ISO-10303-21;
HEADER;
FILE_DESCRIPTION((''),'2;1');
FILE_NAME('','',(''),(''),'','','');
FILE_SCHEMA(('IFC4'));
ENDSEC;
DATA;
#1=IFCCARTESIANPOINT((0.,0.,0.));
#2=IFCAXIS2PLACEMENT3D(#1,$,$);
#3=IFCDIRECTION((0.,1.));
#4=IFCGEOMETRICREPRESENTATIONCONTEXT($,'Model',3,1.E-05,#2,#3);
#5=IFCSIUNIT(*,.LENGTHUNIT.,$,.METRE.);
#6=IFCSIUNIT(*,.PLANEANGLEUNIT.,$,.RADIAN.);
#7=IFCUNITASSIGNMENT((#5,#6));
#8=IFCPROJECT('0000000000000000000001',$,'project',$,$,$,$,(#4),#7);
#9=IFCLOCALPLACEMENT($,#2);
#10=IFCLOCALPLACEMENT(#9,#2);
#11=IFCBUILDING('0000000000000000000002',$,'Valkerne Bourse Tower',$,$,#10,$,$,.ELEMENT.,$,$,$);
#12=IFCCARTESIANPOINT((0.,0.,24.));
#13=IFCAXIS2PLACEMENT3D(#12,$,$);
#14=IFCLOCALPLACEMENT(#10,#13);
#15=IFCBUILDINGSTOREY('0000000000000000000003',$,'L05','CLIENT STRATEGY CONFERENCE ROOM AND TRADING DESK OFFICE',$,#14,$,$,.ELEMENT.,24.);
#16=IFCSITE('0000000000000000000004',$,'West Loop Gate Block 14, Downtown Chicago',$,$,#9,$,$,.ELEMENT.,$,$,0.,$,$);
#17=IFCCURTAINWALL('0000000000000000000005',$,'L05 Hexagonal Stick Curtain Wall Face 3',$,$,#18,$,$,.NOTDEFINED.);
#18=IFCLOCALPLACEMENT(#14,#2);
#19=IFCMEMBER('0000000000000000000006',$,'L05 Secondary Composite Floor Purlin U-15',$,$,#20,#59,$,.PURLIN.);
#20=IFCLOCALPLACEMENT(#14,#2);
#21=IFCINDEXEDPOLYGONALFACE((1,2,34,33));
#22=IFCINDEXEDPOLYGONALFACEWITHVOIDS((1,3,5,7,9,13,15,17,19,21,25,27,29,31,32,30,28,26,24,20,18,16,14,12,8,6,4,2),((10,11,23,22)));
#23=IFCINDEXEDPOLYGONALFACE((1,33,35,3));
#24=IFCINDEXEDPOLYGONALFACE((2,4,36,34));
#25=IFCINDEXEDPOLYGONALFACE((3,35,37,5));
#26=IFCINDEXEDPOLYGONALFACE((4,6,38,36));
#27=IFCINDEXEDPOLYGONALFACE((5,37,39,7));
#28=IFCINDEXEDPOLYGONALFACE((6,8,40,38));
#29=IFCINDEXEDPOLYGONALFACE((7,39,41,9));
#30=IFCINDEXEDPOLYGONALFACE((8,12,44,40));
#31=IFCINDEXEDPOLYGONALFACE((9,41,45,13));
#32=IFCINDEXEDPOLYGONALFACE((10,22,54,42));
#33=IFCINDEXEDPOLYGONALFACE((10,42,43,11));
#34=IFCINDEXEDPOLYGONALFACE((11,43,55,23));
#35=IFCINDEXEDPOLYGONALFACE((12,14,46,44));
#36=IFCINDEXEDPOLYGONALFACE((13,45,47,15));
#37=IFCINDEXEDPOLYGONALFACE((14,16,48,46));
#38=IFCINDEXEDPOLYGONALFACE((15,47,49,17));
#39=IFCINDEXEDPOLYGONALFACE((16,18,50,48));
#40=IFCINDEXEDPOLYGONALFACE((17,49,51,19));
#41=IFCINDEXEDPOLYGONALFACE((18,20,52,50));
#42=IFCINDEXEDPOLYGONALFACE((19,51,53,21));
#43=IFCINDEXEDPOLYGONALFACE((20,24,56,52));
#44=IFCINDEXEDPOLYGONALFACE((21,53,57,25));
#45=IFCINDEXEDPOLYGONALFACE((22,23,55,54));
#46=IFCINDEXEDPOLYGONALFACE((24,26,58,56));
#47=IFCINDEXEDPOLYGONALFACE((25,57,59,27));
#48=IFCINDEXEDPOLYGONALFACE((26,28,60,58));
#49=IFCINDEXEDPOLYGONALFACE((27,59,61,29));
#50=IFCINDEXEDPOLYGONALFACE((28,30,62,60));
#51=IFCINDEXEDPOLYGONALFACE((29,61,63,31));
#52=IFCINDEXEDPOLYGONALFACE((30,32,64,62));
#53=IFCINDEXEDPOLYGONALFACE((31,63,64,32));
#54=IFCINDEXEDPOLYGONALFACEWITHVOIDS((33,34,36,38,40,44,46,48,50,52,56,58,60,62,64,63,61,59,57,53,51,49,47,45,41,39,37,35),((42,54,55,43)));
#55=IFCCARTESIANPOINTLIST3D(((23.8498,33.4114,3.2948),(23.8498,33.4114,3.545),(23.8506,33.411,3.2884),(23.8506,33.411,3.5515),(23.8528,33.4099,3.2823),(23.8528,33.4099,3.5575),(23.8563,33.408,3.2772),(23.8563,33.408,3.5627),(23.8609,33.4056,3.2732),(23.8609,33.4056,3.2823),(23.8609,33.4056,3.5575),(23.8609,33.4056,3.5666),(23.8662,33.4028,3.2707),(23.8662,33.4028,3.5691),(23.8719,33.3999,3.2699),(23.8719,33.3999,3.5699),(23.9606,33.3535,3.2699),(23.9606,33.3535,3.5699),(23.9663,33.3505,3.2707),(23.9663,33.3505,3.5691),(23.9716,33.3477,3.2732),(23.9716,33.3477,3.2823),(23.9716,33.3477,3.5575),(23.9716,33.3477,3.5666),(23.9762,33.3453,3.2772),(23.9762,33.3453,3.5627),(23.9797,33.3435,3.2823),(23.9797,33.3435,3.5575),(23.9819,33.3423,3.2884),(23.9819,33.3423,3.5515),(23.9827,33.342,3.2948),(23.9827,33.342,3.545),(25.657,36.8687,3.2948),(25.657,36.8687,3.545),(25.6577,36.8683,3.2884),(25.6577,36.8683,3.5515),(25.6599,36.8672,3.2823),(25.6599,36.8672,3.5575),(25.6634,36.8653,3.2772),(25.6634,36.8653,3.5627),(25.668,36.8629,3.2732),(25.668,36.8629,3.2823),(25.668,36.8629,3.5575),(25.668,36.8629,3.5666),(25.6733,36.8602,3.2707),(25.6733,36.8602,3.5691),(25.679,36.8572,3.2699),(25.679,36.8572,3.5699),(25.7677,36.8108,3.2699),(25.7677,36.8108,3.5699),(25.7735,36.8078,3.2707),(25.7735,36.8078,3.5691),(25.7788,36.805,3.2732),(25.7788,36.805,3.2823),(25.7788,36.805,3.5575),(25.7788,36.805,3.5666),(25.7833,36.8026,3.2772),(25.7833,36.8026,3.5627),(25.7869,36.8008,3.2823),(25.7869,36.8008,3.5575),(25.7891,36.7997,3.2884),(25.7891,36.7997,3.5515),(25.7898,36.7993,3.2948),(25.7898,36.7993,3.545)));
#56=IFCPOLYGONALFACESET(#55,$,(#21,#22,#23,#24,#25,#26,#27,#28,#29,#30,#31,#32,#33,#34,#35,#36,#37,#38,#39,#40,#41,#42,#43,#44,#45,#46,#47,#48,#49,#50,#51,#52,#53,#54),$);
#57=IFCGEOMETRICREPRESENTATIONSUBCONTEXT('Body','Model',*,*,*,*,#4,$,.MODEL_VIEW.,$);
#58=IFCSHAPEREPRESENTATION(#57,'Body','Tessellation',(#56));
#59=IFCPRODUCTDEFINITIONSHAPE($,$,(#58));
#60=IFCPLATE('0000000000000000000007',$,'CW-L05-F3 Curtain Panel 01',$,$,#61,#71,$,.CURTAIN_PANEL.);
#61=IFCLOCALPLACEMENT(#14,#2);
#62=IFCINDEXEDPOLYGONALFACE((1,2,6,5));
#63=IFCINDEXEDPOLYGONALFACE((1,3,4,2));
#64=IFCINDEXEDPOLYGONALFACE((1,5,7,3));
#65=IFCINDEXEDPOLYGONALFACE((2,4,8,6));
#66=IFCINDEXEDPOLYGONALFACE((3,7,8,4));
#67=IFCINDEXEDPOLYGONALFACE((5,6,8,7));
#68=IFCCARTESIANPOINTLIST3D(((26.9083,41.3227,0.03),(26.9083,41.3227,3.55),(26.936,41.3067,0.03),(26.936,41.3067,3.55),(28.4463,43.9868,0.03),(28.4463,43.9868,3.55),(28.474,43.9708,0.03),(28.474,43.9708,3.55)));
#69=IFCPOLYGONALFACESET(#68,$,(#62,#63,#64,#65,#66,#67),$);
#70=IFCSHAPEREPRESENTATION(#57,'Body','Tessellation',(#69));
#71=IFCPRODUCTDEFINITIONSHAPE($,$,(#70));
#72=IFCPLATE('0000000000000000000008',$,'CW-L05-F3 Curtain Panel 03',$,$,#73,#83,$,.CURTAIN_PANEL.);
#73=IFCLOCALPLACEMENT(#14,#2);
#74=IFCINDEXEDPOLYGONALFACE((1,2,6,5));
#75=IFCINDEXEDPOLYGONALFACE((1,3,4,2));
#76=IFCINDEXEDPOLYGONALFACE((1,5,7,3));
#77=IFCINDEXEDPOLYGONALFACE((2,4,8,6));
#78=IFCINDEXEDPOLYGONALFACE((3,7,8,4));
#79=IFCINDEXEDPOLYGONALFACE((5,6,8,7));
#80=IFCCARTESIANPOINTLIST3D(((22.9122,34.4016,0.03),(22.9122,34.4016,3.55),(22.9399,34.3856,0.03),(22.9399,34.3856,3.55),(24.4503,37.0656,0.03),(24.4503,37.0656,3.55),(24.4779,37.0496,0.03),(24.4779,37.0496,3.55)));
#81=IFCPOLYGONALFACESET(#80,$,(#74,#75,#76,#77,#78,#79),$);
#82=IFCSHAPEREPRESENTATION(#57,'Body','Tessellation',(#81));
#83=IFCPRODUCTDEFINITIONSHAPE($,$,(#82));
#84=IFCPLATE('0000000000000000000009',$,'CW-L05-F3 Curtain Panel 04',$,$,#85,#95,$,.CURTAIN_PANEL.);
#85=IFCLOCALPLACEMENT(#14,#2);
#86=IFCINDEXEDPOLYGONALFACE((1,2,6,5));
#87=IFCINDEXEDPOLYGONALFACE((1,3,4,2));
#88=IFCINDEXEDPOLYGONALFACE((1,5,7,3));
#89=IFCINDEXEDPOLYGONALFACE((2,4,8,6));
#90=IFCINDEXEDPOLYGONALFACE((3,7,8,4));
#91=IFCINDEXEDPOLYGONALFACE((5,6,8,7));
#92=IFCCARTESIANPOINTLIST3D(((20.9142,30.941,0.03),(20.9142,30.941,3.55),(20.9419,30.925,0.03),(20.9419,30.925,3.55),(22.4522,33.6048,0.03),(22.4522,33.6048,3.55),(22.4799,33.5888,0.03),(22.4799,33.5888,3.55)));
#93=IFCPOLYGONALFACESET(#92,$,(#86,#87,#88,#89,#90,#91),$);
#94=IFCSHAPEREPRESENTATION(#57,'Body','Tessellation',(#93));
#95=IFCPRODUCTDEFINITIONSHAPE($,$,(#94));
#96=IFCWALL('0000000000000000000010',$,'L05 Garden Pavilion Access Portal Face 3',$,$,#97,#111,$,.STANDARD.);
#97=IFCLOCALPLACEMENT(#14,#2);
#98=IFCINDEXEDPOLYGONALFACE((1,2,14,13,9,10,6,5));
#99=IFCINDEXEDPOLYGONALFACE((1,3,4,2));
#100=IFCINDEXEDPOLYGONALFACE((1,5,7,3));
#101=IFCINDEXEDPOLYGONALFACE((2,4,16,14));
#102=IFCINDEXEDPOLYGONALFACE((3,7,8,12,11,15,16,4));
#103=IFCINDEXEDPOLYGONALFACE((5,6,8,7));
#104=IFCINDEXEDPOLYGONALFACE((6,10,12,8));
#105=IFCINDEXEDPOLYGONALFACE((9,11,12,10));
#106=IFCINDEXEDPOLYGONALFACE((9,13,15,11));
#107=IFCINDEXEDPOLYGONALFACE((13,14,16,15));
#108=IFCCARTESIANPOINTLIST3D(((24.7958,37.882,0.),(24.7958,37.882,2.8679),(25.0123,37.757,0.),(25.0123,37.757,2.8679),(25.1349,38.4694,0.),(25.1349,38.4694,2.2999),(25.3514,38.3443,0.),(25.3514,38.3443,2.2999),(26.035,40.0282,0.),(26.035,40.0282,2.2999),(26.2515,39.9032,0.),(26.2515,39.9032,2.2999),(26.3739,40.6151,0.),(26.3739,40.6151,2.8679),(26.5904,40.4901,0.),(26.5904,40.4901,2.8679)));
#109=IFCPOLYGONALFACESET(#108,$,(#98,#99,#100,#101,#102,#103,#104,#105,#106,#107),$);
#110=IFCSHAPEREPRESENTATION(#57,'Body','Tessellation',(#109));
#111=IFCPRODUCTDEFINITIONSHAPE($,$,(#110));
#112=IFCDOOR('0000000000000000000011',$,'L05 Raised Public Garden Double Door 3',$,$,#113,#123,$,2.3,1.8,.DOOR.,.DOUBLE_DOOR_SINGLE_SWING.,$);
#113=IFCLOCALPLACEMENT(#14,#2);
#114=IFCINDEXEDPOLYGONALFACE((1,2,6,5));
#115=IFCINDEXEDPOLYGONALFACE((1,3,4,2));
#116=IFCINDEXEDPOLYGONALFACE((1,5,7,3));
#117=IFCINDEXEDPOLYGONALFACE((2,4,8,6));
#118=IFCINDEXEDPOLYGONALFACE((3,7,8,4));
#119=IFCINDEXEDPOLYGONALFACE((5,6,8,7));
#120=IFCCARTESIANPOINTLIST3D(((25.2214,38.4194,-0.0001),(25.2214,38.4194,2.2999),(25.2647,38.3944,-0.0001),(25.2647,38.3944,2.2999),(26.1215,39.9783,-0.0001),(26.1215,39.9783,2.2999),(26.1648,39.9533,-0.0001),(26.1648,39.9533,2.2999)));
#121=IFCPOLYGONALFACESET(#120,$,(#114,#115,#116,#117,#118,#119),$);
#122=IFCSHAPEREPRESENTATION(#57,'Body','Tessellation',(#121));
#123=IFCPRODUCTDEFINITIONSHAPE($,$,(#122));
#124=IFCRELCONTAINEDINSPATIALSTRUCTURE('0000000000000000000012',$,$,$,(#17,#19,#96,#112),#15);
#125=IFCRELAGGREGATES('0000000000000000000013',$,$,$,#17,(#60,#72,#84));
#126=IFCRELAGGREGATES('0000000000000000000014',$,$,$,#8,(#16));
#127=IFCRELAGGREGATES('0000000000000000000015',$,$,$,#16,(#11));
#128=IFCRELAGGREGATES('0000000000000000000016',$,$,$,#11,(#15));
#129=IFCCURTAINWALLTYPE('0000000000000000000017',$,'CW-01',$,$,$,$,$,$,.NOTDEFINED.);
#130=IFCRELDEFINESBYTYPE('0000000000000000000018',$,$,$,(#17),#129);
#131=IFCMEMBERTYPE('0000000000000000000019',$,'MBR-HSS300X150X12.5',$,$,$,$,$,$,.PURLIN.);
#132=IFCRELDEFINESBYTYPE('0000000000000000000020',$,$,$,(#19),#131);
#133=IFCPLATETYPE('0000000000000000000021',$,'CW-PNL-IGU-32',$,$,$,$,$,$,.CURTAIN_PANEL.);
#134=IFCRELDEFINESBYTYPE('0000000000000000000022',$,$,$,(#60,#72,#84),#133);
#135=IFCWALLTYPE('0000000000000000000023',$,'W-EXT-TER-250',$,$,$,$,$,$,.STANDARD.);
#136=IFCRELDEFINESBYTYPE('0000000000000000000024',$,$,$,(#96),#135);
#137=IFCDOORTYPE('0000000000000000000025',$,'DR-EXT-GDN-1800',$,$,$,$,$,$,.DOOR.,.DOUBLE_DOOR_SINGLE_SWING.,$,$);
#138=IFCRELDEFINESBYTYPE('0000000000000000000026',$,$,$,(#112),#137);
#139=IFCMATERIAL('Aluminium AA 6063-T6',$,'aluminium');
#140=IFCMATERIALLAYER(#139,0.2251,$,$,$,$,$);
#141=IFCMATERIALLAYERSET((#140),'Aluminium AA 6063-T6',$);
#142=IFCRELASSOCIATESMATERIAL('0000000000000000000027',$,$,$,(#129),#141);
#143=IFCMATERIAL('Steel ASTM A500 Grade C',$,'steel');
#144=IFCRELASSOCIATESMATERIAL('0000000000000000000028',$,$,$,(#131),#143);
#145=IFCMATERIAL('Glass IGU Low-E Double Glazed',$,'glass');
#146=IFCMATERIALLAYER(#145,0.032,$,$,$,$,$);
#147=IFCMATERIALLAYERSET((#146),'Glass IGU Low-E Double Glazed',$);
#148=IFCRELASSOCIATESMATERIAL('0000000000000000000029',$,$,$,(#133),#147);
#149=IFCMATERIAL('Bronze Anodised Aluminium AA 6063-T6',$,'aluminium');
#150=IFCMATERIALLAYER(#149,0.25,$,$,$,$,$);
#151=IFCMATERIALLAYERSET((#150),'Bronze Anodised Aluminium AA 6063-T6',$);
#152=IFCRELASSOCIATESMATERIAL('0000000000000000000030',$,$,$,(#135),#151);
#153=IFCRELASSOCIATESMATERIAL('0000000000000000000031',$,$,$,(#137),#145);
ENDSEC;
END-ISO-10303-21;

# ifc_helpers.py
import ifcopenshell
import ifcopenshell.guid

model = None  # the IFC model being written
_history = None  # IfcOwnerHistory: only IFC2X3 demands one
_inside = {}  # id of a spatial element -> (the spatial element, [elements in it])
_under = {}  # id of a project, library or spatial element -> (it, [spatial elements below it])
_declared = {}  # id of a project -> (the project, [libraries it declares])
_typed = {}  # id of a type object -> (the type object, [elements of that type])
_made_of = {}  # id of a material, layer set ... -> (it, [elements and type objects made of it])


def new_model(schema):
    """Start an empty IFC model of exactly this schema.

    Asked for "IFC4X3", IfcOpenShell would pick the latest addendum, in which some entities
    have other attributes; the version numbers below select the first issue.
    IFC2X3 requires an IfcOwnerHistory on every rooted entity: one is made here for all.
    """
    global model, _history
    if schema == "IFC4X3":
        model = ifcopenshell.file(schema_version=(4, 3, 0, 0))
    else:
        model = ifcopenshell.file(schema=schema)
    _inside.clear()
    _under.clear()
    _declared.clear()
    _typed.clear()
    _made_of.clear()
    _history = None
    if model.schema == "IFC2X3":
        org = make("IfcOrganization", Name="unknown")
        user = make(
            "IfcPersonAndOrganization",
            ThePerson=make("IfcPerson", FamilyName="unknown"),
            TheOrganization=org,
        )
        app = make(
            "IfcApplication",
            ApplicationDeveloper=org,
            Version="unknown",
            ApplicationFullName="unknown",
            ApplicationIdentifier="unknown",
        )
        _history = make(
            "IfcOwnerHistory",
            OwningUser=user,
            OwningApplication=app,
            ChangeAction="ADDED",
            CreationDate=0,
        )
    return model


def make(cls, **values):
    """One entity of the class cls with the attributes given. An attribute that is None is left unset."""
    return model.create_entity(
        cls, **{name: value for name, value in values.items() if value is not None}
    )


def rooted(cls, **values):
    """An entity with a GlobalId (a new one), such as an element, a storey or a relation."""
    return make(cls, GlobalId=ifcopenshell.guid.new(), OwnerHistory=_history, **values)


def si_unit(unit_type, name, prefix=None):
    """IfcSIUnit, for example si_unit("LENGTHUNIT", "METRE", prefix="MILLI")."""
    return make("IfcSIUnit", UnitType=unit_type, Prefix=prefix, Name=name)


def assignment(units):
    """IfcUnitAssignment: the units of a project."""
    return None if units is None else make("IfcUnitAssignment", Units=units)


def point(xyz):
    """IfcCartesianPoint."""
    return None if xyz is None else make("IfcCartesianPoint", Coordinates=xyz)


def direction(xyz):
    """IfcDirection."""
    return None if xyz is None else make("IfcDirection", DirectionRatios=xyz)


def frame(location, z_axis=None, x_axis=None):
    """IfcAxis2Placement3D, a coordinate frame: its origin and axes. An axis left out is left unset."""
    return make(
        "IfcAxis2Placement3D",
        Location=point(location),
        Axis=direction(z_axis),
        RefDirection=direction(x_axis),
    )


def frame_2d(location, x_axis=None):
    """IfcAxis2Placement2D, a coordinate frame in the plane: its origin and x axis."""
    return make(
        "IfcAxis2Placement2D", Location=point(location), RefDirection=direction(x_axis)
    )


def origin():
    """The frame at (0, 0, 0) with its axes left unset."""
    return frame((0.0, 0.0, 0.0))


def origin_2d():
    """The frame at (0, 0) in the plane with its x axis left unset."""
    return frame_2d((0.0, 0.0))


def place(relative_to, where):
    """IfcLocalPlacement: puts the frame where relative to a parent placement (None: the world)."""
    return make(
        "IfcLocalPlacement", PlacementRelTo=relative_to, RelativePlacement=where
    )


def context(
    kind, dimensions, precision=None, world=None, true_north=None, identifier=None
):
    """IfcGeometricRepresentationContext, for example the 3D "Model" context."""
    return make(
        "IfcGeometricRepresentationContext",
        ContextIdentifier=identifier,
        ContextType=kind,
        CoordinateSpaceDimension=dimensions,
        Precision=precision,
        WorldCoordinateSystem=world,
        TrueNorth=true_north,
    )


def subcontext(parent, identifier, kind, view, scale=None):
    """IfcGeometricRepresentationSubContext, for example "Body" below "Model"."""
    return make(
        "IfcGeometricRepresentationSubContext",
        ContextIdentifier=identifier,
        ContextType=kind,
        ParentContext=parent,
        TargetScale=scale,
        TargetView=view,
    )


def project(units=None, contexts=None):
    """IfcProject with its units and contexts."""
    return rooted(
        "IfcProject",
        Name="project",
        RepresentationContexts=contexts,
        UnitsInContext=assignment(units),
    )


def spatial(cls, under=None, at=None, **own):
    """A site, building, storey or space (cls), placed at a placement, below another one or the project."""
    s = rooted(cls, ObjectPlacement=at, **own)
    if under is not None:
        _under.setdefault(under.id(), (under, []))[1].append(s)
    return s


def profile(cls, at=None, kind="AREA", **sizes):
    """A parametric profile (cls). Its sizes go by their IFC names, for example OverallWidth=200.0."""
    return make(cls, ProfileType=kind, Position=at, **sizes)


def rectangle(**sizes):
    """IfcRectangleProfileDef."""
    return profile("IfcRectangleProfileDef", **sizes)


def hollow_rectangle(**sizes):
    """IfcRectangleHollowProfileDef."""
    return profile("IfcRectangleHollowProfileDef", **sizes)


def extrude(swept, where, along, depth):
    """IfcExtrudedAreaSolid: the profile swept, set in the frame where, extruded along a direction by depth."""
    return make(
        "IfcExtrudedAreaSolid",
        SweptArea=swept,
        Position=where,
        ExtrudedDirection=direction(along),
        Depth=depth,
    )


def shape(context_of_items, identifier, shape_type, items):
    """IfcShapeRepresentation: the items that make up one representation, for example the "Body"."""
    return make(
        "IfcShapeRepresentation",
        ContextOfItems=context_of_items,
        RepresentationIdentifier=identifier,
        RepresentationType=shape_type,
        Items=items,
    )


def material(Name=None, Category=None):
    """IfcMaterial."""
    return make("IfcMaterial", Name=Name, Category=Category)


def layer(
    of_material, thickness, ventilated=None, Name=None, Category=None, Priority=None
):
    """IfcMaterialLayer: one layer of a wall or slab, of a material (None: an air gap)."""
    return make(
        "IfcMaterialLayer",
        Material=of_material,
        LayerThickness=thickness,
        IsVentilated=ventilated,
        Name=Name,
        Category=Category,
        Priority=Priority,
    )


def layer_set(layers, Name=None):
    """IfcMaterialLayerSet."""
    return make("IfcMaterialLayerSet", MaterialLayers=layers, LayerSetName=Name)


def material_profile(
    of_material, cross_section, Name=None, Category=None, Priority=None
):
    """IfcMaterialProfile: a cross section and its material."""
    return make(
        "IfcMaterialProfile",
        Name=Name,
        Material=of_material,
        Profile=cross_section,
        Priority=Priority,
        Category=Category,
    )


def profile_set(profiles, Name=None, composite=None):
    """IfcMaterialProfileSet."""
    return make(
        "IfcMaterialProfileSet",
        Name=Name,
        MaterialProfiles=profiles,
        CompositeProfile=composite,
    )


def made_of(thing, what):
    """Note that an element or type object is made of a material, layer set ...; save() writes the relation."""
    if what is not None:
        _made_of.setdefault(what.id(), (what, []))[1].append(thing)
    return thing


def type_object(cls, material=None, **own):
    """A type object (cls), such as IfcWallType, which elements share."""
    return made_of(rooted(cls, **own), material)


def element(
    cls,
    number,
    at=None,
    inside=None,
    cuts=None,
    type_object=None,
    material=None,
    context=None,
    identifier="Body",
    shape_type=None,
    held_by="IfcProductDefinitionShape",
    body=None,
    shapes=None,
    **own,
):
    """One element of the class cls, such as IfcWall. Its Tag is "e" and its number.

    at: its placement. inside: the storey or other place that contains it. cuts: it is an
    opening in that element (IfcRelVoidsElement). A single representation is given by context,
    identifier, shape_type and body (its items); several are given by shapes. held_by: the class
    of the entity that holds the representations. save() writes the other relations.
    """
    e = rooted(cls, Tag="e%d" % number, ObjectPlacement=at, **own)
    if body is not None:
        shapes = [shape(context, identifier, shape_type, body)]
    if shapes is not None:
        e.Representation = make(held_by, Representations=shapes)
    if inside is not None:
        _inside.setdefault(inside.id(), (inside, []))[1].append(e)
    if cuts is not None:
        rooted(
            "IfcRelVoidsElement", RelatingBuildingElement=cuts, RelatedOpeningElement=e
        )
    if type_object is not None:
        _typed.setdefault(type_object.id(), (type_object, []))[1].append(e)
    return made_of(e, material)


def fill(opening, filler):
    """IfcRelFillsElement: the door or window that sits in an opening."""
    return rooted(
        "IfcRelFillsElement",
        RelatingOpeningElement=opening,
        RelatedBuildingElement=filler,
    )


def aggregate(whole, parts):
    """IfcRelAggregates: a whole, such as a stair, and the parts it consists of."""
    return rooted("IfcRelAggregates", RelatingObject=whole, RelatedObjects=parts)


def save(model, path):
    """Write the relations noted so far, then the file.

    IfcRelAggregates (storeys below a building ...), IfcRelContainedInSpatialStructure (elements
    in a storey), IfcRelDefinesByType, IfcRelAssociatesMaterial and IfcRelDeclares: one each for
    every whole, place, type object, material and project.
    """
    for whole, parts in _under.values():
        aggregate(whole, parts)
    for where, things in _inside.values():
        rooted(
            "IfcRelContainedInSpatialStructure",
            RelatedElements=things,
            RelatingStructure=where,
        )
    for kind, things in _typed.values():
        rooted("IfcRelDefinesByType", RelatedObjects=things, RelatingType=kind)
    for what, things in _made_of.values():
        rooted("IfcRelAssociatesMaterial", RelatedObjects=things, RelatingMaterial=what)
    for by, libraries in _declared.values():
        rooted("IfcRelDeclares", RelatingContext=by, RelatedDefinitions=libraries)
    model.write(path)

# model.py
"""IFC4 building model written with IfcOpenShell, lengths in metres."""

from ifc_helpers import new_model, si_unit, direction, frame, frame_2d, origin, origin_2d, place, context, subcontext, project, spatial, rectangle, hollow_rectangle, extrude, material, layer, layer_set, material_profile, profile_set, type_object, element, fill, aggregate, save


model = new_model("IFC4")

# Units and contexts
model_context = context("Model", 3, precision=1e-05, world=origin(), true_north=direction((0.0, 1.0)))
body_context = subcontext(model_context, "Body", "Model", "MODEL_VIEW")
ifc_project = project(units=[si_unit("LENGTHUNIT", "METRE"), si_unit("PLANEANGLEUNIT", "RADIAN")], contexts=[model_context])

# Site, building, storey
site_placement = place(None, origin())
site = spatial("IfcSite", under=ifc_project, at=site_placement, Name="West Loop Gate Block 14, Downtown Chicago", CompositionType="ELEMENT", RefElevation=0.0)
building_placement = place(site_placement, origin())
building = spatial("IfcBuilding", under=site, at=building_placement, Name="Valkerne Bourse Tower", CompositionType="ELEMENT")
storey_placement = place(building_placement, frame((0.0, 0.0, 24.0)))
storey = spatial("IfcBuildingStorey", under=building, at=storey_placement, Name="L05", Description="CLIENT STRATEGY CONFERENCE ROOM AND TRADING DESK OFFICE", CompositionType="ELEMENT", Elevation=24.0)

# Curtain wall
ifc_material_1 = material(Name="Aluminium AA 6063-T6", Category="aluminium")
ifc_layer_1 = layer(ifc_material_1, 0.2251)
ifc_layer_set_1 = layer_set([ifc_layer_1], Name="Aluminium AA 6063-T6")
curtain_wall_type = type_object("IfcCurtainWallType", Name="CW-01", PredefinedType="NOTDEFINED", material=ifc_layer_set_1)
curtain_wall_placement = place(storey_placement, origin())
curtain_wall = element("IfcCurtainWall", 1, at=curtain_wall_placement, inside=storey, type_object=curtain_wall_type, Name="L05 Hexagonal Stick Curtain Wall Face 3", PredefinedType="NOTDEFINED")

# Member
ifc_material_2 = material(Name="Bronze Anodised Aluminium AA 6063-T6", Category="aluminium")
ifc_material_3 = material(Name="Steel ASTM A500 Grade C", Category="steel")
ifc_material_profile_1 = material_profile(ifc_material_3, hollow_rectangle(XDim=0.1499, YDim=0.3, WallThickness=0.0125, OuterFilletRadius=0.0249, at=origin_2d()), Name="HSS300X150X12.5")
ifc_profile_set_1 = profile_set([ifc_material_profile_1], Name="Steel ASTM A500 Grade C")
member_type_1 = type_object("IfcMemberType", Name="MBR-HSS300X150X12.5", PredefinedType="PURLIN", material=ifc_profile_set_1)
member_1_placement = place(storey_placement, frame((25.7234, 36.834, 3.4199), z_axis=(-0.463237, -0.886234, 0.0), x_axis=(0.886234, -0.463237, 0.0)))
element("IfcMember", 2, at=member_1_placement, inside=storey, type_object=member_type_1, Name="L05 Secondary Composite Floor Purlin U-15", PredefinedType="PURLIN", context=body_context, shape_type="SweptSolid", body=[
    extrude(hollow_rectangle(XDim=0.1499, YDim=0.3, WallThickness=0.0125, OuterFilletRadius=0.0249, at=origin_2d()), origin(), (0.0, 0.0, 1.0), 3.9011),
])

# Plates
ifc_material_4 = material(Name="Glass IGU Low-E Double Glazed", Category="glass")
ifc_layer_2 = layer(ifc_material_4, 0.032)
ifc_layer_set_2 = layer_set([ifc_layer_2], Name="Glass IGU Low-E Double Glazed")
plate_type = type_object("IfcPlateType", Name="CW-PNL-IGU-32", PredefinedType="CURTAIN_PANEL", material=ifc_layer_set_2)
plate_1_placement = place(storey_placement, frame((27.6912, 42.6467, 0.03), z_axis=(0.0, 0.0, 1.0), x_axis=(-0.499993, -0.866029, 0.0)))
plate_1 = element("IfcPlate", 3, at=plate_1_placement, type_object=plate_type, Name="CW-L05-F3 Curtain Panel 01", PredefinedType="CURTAIN_PANEL", context=body_context, shape_type="SweptSolid", body=[
    extrude(rectangle(XDim=3.0762, YDim=0.032, at=origin_2d()), origin(), (0.0, 0.0, 1.0), 3.52),
])
plate_2_placement = place(storey_placement, frame((23.6951, 35.7256, 0.03), z_axis=(0.0, 0.0, 1.0), x_axis=(-0.499993, -0.866029, 0.0)))
plate_2 = element("IfcPlate", 4, at=plate_2_placement, type_object=plate_type, Name="CW-L05-F3 Curtain Panel 03", PredefinedType="CURTAIN_PANEL", context=body_context, shape_type="SweptSolid", body=[
    extrude(rectangle(XDim=3.0762, YDim=0.032, at=origin_2d()), origin(), (0.0, 0.0, 1.0), 3.52),
])
plate_3_placement = place(storey_placement, frame((21.697, 32.2649, 0.03), z_axis=(0.0, 0.0, 1.0), x_axis=(-0.500004, -0.866023, 0.0)))
plate_3 = element("IfcPlate", 5, at=plate_3_placement, type_object=plate_type, Name="CW-L05-F3 Curtain Panel 04", PredefinedType="CURTAIN_PANEL", context=body_context, shape_type="SweptSolid", body=[
    extrude(rectangle(XDim=3.0759, YDim=0.032, at=origin_2d()), origin(), (0.0, 0.0, 1.0), 3.52),
])
aggregate(curtain_wall, [plate_1, plate_2, plate_3])

# Wall, opening, door
ifc_layer_3 = layer(ifc_material_2, 0.25)
ifc_layer_set_3 = layer_set([ifc_layer_3], Name="Bronze Anodised Aluminium AA 6063-T6")
wall_type = type_object("IfcWallType", Name="W-EXT-TER-250", PredefinedType="STANDARD", material=ifc_layer_set_3)
wall_placement = place(storey_placement, frame((26.4822, 40.5527, 0.0), z_axis=(0.0, 0.0, 1.0), x_axis=(-0.500033, -0.866007, 0.0)))
wall = element("IfcWall", 6, at=wall_placement, inside=storey, type_object=wall_type, Name="L05 Garden Pavilion Access Portal Face 3", PredefinedType="STANDARD", context=body_context, shape_type="SweptSolid", body=[
    extrude(rectangle(XDim=3.156, YDim=0.25, at=frame_2d((1.5781, 0.0))), origin(), (0.0, 0.0, 1.0), 2.8679),
])
opening_placement = place(wall_placement, frame((0.678, 0.0, 0.0)))
opening = element("IfcOpeningElement", 7, at=opening_placement, cuts=wall, PredefinedType="OPENING", context=body_context, shape_type="SweptSolid", body=[
    extrude(rectangle(XDim=1.8, YDim=2.3, at=frame_2d((0.8999, 1.1499))), frame((0.0, 0.135, 0.0), z_axis=(0.0, -1.0, 0.0), x_axis=(1.0, 0.0, 0.0)), (0.0, 0.0, 1.0), 0.27),
])
door_type = type_object("IfcDoorType", Name="DR-EXT-GDN-1800", OperationType="DOUBLE_DOOR_SINGLE_SWING", PredefinedType="DOOR", material=ifc_material_4)
door_placement = place(opening_placement, origin())
door = element("IfcDoor", 8, at=door_placement, inside=storey, type_object=door_type, Name="L05 Raised Public Garden Double Door 3", OperationType="DOUBLE_DOOR_SINGLE_SWING", OverallHeight=2.3, OverallWidth=1.8, PredefinedType="DOOR", context=body_context, shape_type="SweptSolid", body=[
    extrude(rectangle(XDim=1.8, YDim=2.3, at=frame_2d((0.8999, 1.1499))), frame((0.0, 0.0249, 0.0), z_axis=(0.0, -1.0, 0.0), x_axis=(1.0, 0.0, 0.0)), (0.0, 0.0, 1.0), 0.05),
])
fill(opening, door)

save(model, "model.ifc")
